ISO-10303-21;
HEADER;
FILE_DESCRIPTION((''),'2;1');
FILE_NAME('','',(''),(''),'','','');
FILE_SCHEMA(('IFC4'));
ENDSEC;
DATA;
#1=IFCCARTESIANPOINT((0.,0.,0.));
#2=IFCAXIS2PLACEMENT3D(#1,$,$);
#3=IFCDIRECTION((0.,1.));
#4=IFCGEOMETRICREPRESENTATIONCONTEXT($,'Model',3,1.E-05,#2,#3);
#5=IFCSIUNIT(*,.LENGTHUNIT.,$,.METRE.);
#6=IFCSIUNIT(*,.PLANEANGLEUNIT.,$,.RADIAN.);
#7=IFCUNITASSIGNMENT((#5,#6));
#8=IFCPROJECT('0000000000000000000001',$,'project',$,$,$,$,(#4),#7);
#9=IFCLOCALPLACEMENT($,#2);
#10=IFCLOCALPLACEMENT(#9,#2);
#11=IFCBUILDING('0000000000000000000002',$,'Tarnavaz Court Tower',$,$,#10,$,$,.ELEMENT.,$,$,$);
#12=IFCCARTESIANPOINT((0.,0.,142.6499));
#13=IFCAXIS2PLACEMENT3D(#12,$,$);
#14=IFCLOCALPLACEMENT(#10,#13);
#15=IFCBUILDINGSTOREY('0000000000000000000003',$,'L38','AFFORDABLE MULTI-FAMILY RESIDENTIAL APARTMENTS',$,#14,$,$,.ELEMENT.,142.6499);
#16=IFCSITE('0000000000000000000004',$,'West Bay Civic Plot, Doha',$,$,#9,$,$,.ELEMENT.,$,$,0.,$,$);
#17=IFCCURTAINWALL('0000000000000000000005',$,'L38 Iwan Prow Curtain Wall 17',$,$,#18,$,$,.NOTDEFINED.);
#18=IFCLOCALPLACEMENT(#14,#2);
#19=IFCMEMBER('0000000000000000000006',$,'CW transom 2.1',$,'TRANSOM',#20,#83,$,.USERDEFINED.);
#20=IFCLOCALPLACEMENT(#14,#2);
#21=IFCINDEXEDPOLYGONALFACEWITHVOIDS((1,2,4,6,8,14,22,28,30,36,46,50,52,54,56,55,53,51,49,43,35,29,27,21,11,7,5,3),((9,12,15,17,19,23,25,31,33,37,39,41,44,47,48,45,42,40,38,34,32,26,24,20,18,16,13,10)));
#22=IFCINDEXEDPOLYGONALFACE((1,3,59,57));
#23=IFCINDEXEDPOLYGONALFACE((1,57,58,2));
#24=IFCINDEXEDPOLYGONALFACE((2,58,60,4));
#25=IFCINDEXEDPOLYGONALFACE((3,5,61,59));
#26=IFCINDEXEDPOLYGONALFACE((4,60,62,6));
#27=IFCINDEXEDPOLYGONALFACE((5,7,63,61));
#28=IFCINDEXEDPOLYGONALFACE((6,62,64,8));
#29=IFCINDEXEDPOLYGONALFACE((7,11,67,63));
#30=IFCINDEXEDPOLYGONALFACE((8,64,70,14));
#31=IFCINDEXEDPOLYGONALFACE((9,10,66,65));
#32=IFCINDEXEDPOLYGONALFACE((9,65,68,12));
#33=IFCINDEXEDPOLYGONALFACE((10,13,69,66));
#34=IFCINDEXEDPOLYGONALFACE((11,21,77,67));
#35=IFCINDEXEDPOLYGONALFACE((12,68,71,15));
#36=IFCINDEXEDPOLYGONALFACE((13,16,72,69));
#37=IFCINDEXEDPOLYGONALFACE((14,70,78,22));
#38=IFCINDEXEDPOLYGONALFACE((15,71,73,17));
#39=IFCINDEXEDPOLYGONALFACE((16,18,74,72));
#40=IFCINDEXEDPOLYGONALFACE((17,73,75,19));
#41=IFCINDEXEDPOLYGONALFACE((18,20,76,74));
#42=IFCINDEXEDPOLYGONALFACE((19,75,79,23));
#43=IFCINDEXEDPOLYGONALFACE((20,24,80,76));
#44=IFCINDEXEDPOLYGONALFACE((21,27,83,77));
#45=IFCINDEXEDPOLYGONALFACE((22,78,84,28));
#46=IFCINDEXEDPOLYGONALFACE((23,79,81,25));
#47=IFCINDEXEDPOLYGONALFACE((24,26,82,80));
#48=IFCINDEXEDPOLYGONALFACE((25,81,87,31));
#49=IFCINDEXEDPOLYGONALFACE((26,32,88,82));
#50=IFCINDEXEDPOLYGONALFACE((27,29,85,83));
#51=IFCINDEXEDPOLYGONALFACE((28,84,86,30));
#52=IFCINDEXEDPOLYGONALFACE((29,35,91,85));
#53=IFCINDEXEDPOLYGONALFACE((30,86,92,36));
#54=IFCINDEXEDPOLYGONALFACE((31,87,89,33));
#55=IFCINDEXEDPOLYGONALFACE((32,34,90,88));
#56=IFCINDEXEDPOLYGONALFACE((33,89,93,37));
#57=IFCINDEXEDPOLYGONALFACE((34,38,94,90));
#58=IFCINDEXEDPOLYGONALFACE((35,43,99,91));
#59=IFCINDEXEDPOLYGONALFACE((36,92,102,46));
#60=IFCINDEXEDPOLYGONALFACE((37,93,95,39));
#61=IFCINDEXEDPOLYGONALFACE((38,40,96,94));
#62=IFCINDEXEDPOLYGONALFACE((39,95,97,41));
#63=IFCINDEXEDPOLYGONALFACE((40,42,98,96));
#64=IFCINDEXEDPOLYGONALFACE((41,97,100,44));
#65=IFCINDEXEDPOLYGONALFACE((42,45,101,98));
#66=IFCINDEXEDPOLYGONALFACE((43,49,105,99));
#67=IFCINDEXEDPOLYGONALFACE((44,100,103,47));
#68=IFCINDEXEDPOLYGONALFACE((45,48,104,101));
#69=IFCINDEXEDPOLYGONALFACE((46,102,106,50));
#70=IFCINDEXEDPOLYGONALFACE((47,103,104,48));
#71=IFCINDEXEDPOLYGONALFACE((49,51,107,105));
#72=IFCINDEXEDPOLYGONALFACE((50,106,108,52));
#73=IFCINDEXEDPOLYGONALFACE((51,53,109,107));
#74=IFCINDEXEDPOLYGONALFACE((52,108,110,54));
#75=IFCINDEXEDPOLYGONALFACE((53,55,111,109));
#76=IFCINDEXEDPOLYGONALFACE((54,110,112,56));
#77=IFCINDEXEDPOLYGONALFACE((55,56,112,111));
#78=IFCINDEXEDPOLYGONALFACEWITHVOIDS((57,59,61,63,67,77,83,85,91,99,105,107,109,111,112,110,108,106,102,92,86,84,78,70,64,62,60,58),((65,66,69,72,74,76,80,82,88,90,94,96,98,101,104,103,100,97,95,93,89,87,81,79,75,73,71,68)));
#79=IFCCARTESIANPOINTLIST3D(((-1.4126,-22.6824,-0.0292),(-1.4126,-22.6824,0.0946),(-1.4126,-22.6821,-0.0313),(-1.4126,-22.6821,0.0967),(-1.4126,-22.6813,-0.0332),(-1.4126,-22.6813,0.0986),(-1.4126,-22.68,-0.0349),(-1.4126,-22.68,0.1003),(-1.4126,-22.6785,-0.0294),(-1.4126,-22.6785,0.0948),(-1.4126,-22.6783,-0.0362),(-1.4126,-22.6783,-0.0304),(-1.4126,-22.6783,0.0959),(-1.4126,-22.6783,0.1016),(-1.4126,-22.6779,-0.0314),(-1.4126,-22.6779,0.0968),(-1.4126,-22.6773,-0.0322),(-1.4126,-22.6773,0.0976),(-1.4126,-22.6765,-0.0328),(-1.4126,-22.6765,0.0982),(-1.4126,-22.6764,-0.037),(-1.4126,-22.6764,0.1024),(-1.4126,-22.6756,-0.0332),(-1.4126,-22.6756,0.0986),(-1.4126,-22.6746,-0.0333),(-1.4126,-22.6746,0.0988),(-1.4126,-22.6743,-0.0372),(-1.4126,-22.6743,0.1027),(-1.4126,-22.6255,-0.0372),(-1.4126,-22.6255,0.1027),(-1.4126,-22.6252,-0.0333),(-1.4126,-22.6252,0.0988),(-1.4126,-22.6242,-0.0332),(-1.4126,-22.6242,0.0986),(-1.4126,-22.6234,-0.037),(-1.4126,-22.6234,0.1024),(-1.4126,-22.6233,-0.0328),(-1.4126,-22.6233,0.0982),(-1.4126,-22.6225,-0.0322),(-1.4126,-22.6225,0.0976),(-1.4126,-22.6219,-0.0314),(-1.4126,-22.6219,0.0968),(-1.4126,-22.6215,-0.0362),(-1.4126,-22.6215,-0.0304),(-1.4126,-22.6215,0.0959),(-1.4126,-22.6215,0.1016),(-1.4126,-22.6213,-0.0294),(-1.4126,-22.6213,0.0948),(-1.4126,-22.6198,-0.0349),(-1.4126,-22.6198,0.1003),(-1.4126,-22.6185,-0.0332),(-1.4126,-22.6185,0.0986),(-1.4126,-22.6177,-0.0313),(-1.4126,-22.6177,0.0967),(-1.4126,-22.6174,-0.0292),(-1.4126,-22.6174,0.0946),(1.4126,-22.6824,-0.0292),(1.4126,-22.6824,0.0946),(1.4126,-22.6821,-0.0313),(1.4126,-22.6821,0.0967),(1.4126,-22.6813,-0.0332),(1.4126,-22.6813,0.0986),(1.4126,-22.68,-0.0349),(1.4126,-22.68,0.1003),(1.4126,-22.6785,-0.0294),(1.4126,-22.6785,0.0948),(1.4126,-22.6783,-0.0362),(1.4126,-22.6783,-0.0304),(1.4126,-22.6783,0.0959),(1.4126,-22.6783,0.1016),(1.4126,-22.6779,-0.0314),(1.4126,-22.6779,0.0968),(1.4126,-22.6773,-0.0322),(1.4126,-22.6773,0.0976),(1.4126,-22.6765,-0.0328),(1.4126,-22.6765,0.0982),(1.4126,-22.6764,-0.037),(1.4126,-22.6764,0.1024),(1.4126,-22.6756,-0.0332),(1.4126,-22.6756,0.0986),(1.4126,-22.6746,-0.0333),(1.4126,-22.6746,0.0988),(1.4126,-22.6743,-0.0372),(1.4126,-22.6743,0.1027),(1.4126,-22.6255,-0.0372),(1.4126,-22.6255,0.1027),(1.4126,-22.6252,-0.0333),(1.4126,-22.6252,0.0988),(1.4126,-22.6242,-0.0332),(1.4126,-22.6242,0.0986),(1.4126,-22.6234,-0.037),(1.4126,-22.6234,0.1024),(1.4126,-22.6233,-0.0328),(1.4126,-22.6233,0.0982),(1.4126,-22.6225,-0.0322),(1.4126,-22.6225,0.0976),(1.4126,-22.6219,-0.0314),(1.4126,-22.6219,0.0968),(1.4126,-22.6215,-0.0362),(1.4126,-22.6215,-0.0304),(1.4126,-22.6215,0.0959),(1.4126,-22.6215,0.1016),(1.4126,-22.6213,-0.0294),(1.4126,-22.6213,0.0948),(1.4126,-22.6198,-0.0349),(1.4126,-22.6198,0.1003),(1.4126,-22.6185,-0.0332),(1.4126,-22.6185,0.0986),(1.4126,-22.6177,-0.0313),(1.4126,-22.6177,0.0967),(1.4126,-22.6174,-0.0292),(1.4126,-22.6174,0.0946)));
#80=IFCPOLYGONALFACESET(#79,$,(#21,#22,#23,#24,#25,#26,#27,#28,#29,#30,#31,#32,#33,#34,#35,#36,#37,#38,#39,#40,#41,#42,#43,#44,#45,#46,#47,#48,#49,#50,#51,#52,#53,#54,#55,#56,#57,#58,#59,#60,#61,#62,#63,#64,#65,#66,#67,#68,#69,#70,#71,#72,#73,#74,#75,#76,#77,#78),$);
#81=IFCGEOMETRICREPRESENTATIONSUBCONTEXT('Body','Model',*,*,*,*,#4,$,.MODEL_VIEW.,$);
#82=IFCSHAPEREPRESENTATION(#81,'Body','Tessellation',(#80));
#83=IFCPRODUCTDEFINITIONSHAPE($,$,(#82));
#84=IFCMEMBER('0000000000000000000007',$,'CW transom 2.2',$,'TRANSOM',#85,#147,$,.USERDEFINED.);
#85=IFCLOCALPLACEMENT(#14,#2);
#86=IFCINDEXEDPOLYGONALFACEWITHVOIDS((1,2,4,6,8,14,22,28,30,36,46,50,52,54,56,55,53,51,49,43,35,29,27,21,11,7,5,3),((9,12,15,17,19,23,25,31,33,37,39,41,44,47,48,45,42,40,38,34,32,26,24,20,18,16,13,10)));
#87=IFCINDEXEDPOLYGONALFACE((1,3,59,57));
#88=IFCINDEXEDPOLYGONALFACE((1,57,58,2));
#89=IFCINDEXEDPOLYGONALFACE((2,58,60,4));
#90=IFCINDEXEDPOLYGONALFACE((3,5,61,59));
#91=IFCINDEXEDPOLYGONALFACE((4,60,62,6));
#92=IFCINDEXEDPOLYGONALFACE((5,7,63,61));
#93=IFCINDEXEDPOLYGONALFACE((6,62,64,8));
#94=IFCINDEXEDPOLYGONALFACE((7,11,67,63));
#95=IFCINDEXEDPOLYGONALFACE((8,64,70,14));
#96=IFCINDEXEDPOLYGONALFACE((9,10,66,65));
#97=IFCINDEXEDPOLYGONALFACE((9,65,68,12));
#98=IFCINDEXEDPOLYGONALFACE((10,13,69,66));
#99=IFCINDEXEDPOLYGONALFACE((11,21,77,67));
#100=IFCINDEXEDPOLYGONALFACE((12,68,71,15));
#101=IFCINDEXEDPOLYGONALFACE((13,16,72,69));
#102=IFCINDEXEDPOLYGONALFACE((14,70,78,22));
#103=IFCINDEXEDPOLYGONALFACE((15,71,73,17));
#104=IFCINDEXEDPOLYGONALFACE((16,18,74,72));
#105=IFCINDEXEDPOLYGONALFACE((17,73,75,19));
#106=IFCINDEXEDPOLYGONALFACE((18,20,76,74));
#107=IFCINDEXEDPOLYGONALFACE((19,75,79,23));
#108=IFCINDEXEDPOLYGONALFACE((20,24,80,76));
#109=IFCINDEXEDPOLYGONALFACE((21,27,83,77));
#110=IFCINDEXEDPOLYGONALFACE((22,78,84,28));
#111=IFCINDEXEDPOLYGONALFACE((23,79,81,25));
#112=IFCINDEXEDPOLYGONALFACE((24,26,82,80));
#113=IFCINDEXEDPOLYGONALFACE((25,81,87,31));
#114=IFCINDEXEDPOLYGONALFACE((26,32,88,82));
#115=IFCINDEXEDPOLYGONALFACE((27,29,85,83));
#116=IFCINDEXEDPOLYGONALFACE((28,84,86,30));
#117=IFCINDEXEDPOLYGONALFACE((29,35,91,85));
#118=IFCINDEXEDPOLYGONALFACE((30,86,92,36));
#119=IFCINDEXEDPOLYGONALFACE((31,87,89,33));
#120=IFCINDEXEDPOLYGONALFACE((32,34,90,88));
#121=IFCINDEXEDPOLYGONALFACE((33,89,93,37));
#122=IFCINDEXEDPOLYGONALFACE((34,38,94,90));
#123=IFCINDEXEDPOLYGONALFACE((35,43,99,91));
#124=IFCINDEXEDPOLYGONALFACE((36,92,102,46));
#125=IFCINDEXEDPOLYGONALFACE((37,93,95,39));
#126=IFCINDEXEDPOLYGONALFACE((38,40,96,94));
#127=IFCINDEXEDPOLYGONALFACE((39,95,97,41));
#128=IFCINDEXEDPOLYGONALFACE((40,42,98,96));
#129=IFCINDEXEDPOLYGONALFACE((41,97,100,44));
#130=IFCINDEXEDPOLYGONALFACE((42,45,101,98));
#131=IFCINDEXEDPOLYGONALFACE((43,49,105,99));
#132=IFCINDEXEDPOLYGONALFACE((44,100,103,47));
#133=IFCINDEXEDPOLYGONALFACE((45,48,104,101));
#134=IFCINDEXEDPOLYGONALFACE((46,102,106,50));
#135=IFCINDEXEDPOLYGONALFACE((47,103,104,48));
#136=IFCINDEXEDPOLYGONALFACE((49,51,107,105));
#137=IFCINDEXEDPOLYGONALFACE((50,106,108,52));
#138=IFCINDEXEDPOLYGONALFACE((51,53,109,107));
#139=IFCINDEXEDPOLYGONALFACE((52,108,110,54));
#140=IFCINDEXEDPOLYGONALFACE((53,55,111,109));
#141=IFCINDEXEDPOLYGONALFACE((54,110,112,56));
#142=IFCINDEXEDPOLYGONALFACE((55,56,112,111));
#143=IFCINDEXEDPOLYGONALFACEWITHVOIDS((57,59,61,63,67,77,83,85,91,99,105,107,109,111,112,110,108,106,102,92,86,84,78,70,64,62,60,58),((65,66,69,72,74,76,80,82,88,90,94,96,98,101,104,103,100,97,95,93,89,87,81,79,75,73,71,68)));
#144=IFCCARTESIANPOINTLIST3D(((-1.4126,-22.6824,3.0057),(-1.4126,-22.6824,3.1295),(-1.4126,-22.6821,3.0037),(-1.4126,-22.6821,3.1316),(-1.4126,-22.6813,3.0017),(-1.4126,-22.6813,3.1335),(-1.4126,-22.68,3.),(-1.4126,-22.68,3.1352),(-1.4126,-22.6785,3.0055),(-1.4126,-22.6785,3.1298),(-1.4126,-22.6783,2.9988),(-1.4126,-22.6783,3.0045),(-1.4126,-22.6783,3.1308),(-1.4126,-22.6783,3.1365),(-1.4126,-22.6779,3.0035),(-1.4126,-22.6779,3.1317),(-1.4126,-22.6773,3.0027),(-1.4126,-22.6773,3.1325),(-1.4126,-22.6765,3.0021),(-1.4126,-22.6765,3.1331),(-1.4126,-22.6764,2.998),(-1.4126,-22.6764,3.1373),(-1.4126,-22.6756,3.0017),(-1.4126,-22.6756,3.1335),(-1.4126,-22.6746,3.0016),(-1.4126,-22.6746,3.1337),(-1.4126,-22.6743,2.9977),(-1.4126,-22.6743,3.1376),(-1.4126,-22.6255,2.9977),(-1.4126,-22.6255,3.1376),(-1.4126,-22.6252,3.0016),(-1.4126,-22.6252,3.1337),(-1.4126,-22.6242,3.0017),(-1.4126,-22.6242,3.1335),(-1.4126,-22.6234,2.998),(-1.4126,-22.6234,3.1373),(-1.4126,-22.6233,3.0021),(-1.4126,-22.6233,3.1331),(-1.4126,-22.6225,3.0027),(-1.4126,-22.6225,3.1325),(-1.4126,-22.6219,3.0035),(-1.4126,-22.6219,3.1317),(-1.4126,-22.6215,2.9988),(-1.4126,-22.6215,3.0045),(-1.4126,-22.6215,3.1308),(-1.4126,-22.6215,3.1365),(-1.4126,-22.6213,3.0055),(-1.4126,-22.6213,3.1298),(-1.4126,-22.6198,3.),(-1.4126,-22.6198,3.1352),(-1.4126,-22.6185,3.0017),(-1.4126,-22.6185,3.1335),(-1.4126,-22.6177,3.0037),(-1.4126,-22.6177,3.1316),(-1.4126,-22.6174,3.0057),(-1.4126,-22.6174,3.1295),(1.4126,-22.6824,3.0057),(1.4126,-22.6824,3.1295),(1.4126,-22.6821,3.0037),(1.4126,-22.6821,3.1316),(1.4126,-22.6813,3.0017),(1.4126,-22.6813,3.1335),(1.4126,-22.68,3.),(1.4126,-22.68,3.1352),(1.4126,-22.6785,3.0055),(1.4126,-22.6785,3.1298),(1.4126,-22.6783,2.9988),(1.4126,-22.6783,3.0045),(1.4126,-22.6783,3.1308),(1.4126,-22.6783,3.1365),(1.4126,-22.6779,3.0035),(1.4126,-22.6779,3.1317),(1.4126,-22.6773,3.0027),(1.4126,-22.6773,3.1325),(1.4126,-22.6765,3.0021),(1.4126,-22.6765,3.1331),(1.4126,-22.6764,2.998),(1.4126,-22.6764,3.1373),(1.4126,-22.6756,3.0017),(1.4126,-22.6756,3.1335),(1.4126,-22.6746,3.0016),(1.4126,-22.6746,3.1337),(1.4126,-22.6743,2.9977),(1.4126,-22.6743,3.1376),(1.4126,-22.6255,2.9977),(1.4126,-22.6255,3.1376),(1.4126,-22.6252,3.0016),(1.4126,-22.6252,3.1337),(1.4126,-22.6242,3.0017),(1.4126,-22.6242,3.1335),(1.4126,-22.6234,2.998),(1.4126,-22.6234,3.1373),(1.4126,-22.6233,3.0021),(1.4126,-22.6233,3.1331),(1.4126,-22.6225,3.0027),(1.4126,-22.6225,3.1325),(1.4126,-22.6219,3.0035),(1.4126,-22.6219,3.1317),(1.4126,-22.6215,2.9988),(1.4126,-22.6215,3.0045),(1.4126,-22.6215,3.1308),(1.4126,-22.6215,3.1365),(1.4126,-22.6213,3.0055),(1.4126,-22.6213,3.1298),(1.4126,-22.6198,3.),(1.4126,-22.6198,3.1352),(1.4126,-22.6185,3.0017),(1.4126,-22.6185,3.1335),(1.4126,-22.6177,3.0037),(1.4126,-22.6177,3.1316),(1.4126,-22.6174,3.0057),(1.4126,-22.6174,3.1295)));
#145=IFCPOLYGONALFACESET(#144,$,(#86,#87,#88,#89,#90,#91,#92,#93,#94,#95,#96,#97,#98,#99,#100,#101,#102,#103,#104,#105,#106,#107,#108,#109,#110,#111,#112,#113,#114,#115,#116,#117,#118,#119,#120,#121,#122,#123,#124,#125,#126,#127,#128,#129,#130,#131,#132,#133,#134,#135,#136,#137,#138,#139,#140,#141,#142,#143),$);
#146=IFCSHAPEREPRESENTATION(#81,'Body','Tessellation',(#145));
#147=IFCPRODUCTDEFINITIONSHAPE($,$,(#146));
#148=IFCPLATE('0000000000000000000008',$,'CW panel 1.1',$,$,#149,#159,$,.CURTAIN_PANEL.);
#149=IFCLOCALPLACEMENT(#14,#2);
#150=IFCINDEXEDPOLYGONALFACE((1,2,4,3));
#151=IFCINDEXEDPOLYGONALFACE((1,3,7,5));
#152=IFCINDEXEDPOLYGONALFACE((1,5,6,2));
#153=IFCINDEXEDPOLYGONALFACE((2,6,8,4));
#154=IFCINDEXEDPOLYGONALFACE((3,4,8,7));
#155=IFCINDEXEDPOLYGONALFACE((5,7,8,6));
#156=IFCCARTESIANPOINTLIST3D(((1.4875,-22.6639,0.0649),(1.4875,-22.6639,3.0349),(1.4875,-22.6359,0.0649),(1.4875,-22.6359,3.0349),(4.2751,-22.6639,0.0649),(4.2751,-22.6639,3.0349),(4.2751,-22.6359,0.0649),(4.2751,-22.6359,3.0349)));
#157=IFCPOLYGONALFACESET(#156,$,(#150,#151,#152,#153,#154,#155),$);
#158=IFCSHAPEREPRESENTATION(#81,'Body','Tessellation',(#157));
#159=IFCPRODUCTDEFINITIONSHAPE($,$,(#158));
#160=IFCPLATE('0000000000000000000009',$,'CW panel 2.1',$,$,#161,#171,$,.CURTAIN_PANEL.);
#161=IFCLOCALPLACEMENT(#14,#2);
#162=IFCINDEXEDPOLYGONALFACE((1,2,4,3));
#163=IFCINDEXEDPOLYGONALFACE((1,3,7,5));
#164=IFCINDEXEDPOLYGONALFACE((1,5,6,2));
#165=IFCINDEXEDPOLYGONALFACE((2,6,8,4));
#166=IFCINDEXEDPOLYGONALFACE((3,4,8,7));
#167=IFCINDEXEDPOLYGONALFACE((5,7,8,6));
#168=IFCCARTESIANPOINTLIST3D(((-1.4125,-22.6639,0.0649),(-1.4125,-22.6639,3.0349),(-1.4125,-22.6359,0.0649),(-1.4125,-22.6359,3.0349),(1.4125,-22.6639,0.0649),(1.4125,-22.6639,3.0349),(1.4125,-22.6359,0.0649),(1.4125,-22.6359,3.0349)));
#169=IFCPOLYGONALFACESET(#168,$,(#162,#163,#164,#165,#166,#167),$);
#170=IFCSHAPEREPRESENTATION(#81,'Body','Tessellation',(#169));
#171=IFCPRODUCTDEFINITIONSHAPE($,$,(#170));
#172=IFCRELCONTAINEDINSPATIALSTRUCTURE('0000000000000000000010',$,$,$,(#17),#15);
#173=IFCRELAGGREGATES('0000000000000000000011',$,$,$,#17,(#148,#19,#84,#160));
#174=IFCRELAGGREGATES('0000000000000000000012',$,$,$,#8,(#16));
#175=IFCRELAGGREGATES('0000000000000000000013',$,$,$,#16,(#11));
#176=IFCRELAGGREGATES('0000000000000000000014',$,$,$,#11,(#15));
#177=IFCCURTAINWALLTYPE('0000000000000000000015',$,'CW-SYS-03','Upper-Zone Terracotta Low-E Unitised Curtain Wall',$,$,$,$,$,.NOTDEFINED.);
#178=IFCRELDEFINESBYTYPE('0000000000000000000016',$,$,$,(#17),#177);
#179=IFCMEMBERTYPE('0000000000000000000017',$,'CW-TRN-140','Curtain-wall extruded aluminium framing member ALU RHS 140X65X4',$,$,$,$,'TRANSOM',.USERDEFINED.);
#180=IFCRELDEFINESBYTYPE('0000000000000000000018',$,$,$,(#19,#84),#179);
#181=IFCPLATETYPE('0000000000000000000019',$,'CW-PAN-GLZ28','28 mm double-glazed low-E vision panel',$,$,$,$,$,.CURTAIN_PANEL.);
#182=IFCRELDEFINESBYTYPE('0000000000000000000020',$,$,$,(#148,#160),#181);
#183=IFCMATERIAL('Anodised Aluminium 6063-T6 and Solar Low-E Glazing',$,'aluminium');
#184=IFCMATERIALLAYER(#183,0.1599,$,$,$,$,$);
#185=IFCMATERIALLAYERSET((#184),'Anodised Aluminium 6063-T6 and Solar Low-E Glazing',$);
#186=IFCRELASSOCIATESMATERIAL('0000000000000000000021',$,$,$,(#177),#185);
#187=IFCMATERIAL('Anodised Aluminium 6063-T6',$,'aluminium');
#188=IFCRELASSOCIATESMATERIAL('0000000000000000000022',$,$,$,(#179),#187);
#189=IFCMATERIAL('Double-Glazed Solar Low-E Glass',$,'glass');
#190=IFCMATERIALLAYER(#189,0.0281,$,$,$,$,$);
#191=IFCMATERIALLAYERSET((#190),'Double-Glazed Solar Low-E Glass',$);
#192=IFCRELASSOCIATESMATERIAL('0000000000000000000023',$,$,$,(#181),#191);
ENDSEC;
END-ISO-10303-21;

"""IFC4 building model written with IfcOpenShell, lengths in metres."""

from ifc_helpers import new_model, si_unit, direction, frame, origin, origin_2d, place, context, subcontext, project, spatial, rectangle, hollow_rectangle, extrude, material, layer, layer_set, material_profile, profile_set, type_object, element, aggregate, save


model = new_model("IFC4")

# Units and contexts
model_context = context("Model", 3, precision=1e-05, world=origin(), true_north=direction((0.0, 1.0)))
body_context = subcontext(model_context, "Body", "Model", "MODEL_VIEW")
ifc_project = project(units=[si_unit("LENGTHUNIT", "METRE"), si_unit("PLANEANGLEUNIT", "RADIAN")], contexts=[model_context])

# Site, building, storey
site_placement = place(None, origin())
site = spatial("IfcSite", under=ifc_project, at=site_placement, Name="West Bay Civic Plot, Doha", CompositionType="ELEMENT", RefElevation=0.0)
building_placement = place(site_placement, origin())
building = spatial("IfcBuilding", under=site, at=building_placement, Name="Tarnavaz Court Tower", CompositionType="ELEMENT")
storey_placement = place(building_placement, frame((0.0, 0.0, 142.6499)))
storey = spatial("IfcBuildingStorey", under=building, at=storey_placement, Name="L38", Description="AFFORDABLE MULTI-FAMILY RESIDENTIAL APARTMENTS", CompositionType="ELEMENT", Elevation=142.6499)

# Curtain wall, members, plates
ifc_material_1 = material(Name="Anodised Aluminium 6063-T6 and Solar Low-E Glazing", Category="aluminium")
ifc_layer_1 = layer(ifc_material_1, 0.1599)
ifc_layer_set_1 = layer_set([ifc_layer_1], Name="Anodised Aluminium 6063-T6 and Solar Low-E Glazing")
curtain_wall_type = type_object("IfcCurtainWallType", Name="CW-SYS-03", Description="Upper-Zone Terracotta Low-E Unitised Curtain Wall", PredefinedType="NOTDEFINED", material=ifc_layer_set_1)
curtain_wall_placement = place(storey_placement, origin())
curtain_wall = element("IfcCurtainWall", 1, at=curtain_wall_placement, inside=storey, type_object=curtain_wall_type, Name="L38 Iwan Prow Curtain Wall 17", PredefinedType="NOTDEFINED")
ifc_material_2 = material(Name="Anodised Aluminium 6063-T6", Category="aluminium")
ifc_material_profile_1 = material_profile(ifc_material_2, hollow_rectangle(XDim=0.0649, YDim=0.1399, WallThickness=0.0039, InnerFilletRadius=0.0039, OuterFilletRadius=0.0081, at=origin_2d()), Name="ALU RHS 140X65X4")
ifc_profile_set_1 = profile_set([ifc_material_profile_1], Name="Anodised Aluminium 6063-T6")
member_type_1 = type_object("IfcMemberType", Name="CW-TRN-140", Description="Curtain-wall extruded aluminium framing member ALU RHS 140X65X4", ElementType="TRANSOM", PredefinedType="USERDEFINED", material=ifc_profile_set_1)
member_1_placement = place(storey_placement, frame((1.4126, -22.6499, 0.0327), z_axis=(-1.0, 0.0, 0.0), x_axis=(0.0, -1.0, 0.0)))
member_1 = element("IfcMember", 2, at=member_1_placement, type_object=member_type_1, Name="CW transom 2.1", ObjectType="TRANSOM", PredefinedType="USERDEFINED", context=body_context, shape_type="SweptSolid", body=[
    extrude(hollow_rectangle(XDim=0.0649, YDim=0.1399, WallThickness=0.0039, InnerFilletRadius=0.0039, OuterFilletRadius=0.0081, at=origin_2d()), origin(), (0.0, 0.0, 1.0), 2.8252),
])
member_2_placement = place(storey_placement, frame((1.4126, -22.6499, 3.0676), z_axis=(-1.0, 0.0, 0.0), x_axis=(0.0, -1.0, 0.0)))
member_2 = element("IfcMember", 3, at=member_2_placement, type_object=member_type_1, Name="CW transom 2.2", ObjectType="TRANSOM", PredefinedType="USERDEFINED", context=body_context, shape_type="SweptSolid", body=[
    extrude(hollow_rectangle(XDim=0.0649, YDim=0.1399, WallThickness=0.0039, InnerFilletRadius=0.0039, OuterFilletRadius=0.0081, at=origin_2d()), origin(), (0.0, 0.0, 1.0), 2.8252),
])
ifc_material_3 = material(Name="Double-Glazed Solar Low-E Glass", Category="glass")
ifc_layer_2 = layer(ifc_material_3, 0.0281)
ifc_layer_set_2 = layer_set([ifc_layer_2], Name="Double-Glazed Solar Low-E Glass")
plate_type = type_object("IfcPlateType", Name="CW-PAN-GLZ28", Description="28 mm double-glazed low-E vision panel", PredefinedType="CURTAIN_PANEL", material=ifc_layer_set_2)
plate_1_placement = place(storey_placement, frame((2.8813, -22.6499, 0.0649), z_axis=(0.0, 0.0, 1.0), x_axis=(-1.0, 0.0, 0.0)))
plate_1 = element("IfcPlate", 4, at=plate_1_placement, type_object=plate_type, Name="CW panel 1.1", PredefinedType="CURTAIN_PANEL", context=body_context, shape_type="SweptSolid", body=[
    extrude(rectangle(XDim=2.7876, YDim=0.0281, at=origin_2d()), origin(), (0.0, 0.0, 1.0), 2.97),
])
plate_2_placement = place(storey_placement, frame((0.0, -22.6499, 0.0649), z_axis=(0.0, 0.0, 1.0), x_axis=(-1.0, 0.0, 0.0)))
plate_2 = element("IfcPlate", 5, at=plate_2_placement, type_object=plate_type, Name="CW panel 2.1", PredefinedType="CURTAIN_PANEL", context=body_context, shape_type="SweptSolid", body=[
    extrude(rectangle(XDim=2.825, YDim=0.0281, at=origin_2d()), origin(), (0.0, 0.0, 1.0), 2.97),
])
aggregate(curtain_wall, [plate_1, member_1, member_2, plate_2])

save(model, "model.ifc")
